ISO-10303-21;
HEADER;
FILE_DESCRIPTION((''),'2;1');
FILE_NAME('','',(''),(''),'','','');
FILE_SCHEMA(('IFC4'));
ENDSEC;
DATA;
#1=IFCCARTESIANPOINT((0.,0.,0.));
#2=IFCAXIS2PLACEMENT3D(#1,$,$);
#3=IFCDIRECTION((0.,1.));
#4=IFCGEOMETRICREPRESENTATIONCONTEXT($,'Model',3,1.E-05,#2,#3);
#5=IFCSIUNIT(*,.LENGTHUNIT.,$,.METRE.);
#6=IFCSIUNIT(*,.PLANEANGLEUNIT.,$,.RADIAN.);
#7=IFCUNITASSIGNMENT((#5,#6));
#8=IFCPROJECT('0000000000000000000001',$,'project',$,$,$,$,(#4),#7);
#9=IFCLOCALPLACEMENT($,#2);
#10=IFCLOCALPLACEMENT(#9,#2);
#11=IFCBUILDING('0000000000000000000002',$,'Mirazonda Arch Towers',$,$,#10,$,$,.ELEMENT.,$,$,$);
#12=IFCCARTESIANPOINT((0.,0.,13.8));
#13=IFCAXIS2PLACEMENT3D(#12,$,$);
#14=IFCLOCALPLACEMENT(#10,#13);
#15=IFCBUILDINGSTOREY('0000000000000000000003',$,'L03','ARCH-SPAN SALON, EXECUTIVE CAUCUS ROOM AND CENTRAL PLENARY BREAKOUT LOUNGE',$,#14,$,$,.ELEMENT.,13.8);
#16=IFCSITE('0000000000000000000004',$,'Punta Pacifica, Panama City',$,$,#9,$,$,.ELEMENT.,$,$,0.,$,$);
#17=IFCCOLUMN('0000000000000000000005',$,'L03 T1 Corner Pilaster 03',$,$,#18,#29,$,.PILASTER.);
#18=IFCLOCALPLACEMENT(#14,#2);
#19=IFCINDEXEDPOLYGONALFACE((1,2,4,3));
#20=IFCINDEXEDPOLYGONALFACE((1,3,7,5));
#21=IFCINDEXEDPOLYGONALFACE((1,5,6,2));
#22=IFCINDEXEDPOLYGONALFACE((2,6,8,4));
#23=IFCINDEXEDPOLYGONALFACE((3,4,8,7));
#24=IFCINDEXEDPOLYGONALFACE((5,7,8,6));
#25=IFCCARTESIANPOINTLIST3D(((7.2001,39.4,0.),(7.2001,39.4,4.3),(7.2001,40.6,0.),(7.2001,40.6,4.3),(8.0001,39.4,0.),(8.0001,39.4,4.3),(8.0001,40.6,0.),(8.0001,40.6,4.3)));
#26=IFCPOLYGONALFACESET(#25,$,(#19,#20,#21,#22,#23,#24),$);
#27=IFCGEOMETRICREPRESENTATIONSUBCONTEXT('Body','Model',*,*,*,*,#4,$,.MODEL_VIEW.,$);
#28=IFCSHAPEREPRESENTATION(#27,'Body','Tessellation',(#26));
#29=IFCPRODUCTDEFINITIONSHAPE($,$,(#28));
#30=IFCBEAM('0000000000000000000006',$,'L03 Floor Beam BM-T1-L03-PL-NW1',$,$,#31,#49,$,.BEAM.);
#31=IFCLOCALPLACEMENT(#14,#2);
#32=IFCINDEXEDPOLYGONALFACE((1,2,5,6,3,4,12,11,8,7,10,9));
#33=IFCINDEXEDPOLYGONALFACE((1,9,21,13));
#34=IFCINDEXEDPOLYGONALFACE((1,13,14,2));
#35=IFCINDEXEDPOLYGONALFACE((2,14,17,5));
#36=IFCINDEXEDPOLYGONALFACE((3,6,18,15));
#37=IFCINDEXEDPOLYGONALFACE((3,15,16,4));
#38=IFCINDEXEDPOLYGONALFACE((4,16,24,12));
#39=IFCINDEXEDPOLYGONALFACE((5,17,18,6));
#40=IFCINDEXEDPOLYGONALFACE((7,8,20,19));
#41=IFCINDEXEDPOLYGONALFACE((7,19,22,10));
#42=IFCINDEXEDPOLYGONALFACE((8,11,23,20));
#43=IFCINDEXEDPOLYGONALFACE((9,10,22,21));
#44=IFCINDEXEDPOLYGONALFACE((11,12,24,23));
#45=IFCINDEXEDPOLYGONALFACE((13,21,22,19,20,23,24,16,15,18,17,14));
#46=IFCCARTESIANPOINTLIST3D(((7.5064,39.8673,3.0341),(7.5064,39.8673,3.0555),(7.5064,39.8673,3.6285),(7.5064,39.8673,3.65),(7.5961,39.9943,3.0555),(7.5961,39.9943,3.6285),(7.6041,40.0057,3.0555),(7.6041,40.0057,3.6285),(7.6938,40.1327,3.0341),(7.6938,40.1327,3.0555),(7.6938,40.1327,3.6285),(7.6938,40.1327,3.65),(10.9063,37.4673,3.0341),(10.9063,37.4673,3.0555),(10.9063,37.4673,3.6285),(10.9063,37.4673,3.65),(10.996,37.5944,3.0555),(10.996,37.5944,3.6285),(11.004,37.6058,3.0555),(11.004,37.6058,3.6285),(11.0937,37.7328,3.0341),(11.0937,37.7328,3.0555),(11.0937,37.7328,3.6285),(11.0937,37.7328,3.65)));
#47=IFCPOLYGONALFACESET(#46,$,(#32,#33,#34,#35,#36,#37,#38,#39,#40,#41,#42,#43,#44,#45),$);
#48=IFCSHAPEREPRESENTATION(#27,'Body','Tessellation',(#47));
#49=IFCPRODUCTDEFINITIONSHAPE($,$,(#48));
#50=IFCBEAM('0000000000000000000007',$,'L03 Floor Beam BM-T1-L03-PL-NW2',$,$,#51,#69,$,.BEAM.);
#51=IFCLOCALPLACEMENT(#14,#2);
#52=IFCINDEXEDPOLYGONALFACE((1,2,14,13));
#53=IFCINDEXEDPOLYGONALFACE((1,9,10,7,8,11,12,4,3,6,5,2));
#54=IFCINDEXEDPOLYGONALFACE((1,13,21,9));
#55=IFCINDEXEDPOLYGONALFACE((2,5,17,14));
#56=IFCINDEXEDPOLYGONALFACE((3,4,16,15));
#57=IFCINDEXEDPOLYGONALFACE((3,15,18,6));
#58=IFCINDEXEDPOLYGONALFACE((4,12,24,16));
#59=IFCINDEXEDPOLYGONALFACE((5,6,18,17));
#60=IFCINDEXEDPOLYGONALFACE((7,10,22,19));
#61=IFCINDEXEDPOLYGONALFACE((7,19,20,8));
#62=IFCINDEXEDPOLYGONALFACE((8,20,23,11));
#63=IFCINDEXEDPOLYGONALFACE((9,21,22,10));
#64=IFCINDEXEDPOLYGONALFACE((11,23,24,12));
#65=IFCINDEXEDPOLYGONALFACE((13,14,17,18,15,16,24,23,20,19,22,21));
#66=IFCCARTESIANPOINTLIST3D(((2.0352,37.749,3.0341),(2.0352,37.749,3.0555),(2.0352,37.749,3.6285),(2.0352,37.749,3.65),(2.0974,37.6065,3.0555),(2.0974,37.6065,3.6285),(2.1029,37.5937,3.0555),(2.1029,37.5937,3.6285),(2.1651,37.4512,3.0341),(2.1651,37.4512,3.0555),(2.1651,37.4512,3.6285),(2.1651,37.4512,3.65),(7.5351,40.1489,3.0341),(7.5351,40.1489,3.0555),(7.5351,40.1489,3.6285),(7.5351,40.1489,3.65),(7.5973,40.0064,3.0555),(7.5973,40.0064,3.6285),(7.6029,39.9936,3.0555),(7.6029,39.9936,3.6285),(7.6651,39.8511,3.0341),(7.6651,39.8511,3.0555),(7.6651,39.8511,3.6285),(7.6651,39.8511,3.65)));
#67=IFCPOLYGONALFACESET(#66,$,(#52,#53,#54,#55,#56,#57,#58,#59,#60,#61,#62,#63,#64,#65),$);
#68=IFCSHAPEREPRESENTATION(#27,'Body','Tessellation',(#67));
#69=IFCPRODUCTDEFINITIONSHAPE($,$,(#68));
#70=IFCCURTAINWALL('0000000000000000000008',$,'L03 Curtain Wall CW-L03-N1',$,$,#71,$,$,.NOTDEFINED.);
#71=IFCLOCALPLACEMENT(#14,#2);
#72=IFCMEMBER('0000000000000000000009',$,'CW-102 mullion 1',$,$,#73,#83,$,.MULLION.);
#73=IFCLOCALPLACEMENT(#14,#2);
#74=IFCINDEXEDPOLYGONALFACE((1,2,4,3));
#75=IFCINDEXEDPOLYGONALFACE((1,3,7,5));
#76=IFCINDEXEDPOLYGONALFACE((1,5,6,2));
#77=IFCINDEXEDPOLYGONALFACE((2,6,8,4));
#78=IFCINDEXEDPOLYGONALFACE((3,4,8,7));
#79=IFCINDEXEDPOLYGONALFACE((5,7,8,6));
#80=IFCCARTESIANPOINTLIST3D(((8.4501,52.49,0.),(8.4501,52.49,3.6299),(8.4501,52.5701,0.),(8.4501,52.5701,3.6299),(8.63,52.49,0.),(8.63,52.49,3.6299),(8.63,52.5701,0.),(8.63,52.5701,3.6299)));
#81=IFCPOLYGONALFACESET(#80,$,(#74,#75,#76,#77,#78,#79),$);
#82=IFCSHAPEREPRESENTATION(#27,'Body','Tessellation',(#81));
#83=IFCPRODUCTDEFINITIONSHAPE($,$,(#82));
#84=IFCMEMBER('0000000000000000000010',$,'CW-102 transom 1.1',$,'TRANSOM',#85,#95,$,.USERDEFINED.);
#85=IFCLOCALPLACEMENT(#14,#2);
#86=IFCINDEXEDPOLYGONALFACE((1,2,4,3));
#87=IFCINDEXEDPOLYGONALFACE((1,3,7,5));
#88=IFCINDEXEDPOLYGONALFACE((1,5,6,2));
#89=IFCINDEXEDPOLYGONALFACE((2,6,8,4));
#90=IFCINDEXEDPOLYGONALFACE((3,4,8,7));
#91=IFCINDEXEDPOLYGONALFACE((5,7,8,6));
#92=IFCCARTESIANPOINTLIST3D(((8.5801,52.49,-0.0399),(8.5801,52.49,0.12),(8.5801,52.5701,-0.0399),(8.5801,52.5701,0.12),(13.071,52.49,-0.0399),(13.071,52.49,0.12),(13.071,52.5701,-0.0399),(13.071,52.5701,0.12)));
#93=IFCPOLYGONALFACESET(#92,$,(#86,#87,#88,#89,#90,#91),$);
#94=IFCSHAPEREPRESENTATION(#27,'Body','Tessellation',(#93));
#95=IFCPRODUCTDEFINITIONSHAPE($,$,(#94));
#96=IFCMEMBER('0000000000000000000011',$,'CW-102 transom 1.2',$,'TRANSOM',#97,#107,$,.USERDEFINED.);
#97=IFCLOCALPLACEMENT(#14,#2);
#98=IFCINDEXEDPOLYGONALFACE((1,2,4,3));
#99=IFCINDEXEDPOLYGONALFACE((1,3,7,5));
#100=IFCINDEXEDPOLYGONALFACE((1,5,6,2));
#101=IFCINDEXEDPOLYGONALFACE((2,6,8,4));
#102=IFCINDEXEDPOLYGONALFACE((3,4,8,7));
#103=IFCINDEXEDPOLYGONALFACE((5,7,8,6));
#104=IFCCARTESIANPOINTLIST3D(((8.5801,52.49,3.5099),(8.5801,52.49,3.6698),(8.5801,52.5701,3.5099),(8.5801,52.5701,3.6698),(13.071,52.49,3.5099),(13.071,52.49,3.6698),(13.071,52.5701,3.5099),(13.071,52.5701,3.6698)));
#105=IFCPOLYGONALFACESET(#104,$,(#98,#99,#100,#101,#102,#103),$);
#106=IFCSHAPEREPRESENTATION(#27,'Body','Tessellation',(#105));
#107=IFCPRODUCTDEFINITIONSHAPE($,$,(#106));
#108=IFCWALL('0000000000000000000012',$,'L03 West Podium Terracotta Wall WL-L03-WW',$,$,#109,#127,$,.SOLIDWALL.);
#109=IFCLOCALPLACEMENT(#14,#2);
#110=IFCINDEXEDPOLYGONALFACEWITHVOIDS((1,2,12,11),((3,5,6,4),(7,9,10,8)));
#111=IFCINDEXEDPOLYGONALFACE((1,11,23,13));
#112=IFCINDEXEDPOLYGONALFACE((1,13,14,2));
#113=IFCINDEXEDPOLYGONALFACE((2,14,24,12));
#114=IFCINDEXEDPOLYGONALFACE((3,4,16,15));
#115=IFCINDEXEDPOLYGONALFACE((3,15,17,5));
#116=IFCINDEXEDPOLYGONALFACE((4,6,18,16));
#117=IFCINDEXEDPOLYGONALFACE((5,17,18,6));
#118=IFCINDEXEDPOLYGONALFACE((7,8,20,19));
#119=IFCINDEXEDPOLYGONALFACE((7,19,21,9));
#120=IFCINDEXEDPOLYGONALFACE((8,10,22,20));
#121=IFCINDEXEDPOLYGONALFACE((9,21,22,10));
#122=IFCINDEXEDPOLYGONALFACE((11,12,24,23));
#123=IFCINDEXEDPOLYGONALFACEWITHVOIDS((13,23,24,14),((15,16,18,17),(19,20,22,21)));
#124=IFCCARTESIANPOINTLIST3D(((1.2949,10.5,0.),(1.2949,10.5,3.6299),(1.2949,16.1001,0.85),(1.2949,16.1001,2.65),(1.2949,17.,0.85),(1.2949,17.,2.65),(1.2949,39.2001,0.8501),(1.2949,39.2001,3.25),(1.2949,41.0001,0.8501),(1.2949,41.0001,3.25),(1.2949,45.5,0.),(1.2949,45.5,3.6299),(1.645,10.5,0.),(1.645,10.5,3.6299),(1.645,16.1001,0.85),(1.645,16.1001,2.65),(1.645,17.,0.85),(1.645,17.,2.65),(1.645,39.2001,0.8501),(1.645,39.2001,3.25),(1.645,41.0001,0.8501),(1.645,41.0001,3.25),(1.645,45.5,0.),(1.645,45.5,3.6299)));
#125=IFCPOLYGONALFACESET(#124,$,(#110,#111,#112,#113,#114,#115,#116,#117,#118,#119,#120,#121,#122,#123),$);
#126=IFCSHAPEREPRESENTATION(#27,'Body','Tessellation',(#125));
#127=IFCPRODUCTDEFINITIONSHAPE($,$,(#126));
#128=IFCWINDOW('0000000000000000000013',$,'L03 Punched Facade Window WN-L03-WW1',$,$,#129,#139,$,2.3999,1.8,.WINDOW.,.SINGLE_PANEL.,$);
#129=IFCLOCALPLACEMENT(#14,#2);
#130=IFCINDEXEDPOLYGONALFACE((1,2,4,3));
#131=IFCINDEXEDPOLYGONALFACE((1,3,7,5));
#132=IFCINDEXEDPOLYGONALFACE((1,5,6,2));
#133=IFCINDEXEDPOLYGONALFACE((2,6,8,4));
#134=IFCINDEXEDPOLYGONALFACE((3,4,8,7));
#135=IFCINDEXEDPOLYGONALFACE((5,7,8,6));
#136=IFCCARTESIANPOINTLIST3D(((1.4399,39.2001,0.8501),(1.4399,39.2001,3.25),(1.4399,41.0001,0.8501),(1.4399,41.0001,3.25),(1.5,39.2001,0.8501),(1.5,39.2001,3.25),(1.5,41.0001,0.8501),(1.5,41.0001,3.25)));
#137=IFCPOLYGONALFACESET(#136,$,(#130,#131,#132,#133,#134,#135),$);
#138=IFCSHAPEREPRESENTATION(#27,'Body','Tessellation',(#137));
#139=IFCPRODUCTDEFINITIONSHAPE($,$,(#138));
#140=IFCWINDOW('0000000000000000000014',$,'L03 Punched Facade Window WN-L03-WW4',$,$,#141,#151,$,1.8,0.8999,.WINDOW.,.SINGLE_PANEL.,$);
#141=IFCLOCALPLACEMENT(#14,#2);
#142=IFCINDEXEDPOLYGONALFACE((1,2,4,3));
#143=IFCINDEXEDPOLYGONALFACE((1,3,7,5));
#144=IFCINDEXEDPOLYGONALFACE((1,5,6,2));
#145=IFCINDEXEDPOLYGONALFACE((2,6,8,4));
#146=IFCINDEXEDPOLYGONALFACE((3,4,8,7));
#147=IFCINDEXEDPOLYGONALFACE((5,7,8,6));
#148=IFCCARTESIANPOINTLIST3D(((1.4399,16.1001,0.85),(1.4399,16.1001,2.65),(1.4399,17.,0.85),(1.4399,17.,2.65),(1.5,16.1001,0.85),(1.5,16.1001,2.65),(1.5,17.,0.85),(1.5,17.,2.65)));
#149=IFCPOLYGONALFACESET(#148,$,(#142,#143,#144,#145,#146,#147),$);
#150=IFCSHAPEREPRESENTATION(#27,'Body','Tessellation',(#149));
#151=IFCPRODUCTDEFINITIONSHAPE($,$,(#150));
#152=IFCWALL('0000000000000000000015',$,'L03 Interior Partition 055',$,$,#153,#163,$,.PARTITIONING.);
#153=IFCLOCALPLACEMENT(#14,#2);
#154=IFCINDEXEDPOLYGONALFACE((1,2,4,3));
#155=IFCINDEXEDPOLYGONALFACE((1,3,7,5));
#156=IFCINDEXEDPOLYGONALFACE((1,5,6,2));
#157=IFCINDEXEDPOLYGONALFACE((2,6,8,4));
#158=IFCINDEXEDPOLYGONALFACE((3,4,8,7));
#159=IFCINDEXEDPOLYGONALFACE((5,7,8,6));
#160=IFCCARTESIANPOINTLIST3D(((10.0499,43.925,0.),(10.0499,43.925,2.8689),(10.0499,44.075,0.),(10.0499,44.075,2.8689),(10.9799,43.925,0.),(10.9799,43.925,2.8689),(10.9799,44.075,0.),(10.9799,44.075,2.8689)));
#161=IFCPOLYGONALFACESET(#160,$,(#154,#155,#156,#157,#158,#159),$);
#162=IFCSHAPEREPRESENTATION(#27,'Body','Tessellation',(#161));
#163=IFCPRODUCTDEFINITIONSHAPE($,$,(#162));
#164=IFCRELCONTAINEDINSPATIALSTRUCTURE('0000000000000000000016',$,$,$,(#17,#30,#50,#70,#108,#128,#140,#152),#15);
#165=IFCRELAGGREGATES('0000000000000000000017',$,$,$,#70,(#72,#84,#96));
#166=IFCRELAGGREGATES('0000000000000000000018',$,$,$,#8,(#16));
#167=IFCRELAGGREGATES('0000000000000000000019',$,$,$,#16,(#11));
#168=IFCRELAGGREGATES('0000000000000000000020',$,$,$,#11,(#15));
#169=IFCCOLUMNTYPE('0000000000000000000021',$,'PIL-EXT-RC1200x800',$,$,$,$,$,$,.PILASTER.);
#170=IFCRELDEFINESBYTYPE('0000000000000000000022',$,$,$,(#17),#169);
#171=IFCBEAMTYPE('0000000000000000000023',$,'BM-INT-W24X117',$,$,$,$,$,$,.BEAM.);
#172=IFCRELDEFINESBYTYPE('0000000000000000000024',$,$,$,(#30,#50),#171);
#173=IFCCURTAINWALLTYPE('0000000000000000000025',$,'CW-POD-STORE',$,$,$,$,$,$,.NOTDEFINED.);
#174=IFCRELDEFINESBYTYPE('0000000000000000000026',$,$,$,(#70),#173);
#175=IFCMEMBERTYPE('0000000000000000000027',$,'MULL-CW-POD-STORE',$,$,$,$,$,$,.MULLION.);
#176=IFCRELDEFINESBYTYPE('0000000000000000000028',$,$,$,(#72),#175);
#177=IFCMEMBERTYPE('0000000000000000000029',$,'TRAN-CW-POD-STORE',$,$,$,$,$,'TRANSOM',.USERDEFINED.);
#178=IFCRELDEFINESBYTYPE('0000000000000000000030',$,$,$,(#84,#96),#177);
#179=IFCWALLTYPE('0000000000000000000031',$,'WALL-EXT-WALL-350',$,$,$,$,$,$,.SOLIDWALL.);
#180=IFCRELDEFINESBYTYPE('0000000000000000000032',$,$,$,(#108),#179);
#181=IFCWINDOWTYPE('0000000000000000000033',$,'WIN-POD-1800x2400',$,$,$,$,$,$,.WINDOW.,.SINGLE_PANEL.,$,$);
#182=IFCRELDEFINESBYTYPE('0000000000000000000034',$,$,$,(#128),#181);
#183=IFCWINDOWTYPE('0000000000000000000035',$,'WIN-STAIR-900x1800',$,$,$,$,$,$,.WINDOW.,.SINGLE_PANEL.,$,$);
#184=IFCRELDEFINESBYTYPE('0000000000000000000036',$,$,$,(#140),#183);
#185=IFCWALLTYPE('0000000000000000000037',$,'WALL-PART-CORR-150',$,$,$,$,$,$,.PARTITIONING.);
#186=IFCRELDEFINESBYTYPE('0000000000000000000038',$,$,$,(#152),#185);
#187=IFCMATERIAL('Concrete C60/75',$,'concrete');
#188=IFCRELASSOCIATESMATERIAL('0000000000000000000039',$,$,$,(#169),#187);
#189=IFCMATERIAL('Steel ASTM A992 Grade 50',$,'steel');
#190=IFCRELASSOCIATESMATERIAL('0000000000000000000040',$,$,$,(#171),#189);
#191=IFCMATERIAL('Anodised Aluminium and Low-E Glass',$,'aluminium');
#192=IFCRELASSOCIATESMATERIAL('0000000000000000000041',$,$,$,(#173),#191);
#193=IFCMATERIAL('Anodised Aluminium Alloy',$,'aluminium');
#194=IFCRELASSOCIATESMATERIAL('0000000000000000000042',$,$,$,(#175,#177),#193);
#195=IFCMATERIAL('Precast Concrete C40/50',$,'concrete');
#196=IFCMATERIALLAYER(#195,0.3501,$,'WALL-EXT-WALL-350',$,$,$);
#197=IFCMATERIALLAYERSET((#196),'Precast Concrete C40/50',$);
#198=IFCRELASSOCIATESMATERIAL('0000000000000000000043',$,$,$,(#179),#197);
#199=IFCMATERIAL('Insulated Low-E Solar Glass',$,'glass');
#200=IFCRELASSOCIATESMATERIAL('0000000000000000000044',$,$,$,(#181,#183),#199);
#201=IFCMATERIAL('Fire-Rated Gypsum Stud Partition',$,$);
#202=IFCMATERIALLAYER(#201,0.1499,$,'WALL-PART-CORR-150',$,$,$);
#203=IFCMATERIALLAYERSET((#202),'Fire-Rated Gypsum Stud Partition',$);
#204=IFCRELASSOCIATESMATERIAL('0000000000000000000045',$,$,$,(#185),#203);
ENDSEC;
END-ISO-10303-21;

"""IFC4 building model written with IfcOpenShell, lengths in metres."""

from ifc_helpers import new_model, si_unit, direction, frame, frame_2d, origin, origin_2d, place, context, subcontext, project, spatial, rectangle, i_section, extrude, material, layer, layer_set, material_profile, profile_set, type_object, element, fill, aggregate, save


model = new_model("IFC4")

# Units and contexts
model_context = context("Model", 3, precision=1e-05, world=origin(), true_north=direction((0.0, 1.0)))
body_context = subcontext(model_context, "Body", "Model", "MODEL_VIEW")
ifc_project = project(units=[si_unit("LENGTHUNIT", "METRE"), si_unit("PLANEANGLEUNIT", "RADIAN")], contexts=[model_context])

# Site, building, storey
site_placement = place(None, origin())
site = spatial("IfcSite", under=ifc_project, at=site_placement, Name="Punta Pacifica, Panama City", CompositionType="ELEMENT", RefElevation=0.0)
building_placement = place(site_placement, origin())
building = spatial("IfcBuilding", under=site, at=building_placement, Name="Mirazonda Arch Towers", CompositionType="ELEMENT")
storey_placement = place(building_placement, frame((0.0, 0.0, 13.8)))
storey = spatial("IfcBuildingStorey", under=building, at=storey_placement, Name="L03", Description="ARCH-SPAN SALON, EXECUTIVE CAUCUS ROOM AND CENTRAL PLENARY BREAKOUT LOUNGE", CompositionType="ELEMENT", Elevation=13.8)

# Column
ifc_material_1 = material(Name="Concrete C60/75", Category="concrete")
ifc_material_profile_1 = material_profile(ifc_material_1, rectangle(XDim=0.8, YDim=1.2, at=origin_2d()), Name="RC1200x800")
ifc_profile_set_1 = profile_set([ifc_material_profile_1], Name="Concrete C60/75")
column_type = type_object("IfcColumnType", Name="PIL-EXT-RC1200x800", PredefinedType="PILASTER", material=ifc_profile_set_1)
column_placement = place(storey_placement, frame((7.6001, 40.0, 0.0), z_axis=(0.0, 0.0, 1.0), x_axis=(1.0, 0.0, 0.0)))
element("IfcColumn", 1, at=column_placement, inside=storey, type_object=column_type, Name="L03 T1 Corner Pilaster 03", PredefinedType="PILASTER", context=body_context, shape_type="SweptSolid", body=[
    extrude(rectangle(XDim=0.8, YDim=1.2, at=origin_2d()), origin(), (0.0, 0.0, 1.0), 4.3),
])

# Beams
ifc_material_2 = material(Name="Steel ASTM A992 Grade 50", Category="steel")
ifc_material_profile_2 = material_profile(ifc_material_2, i_section(OverallWidth=0.325, OverallDepth=0.616, WebThickness=0.0139, FlangeThickness=0.0215, at=origin_2d()), Name="W24X117")
ifc_profile_set_2 = profile_set([ifc_material_profile_2], Name="Steel ASTM A992 Grade 50")
beam_type = type_object("IfcBeamType", Name="BM-INT-W24X117", PredefinedType="BEAM", material=ifc_profile_set_2)
beam_1_placement = place(storey_placement, frame((7.6001, 40.0, 3.342), z_axis=(0.816971, -0.576679, 0.0), x_axis=(0.576679, 0.816971, 0.0)))
element("IfcBeam", 2, at=beam_1_placement, inside=storey, type_object=beam_type, Name="L03 Floor Beam BM-T1-L03-PL-NW1", PredefinedType="BEAM", context=body_context, shape_type="SweptSolid", body=[
    extrude(i_section(OverallWidth=0.325, OverallDepth=0.616, WebThickness=0.0139, FlangeThickness=0.0215, at=origin_2d()), origin(), (0.0, 0.0, 1.0), 4.1616),
])
beam_2_placement = place(storey_placement, frame((7.6001, 40.0, 3.342), z_axis=(-0.916545, -0.399931, 0.0), x_axis=(0.399931, -0.916545, 0.0)))
element("IfcBeam", 3, at=beam_2_placement, inside=storey, type_object=beam_type, Name="L03 Floor Beam BM-T1-L03-PL-NW2", PredefinedType="BEAM", context=body_context, shape_type="SweptSolid", body=[
    extrude(i_section(OverallWidth=0.325, OverallDepth=0.616, WebThickness=0.0139, FlangeThickness=0.0215, at=origin_2d()), origin(), (0.0, 0.0, 1.0), 6.0007),
])

# Curtain wall, members
ifc_material_3 = material(Name="Anodised Aluminium and Low-E Glass", Category="aluminium")
curtain_wall_type = type_object("IfcCurtainWallType", Name="CW-POD-STORE", PredefinedType="NOTDEFINED", material=ifc_material_3)
curtain_wall_placement = place(storey_placement, origin())
curtain_wall = element("IfcCurtainWall", 4, at=curtain_wall_placement, inside=storey, type_object=curtain_wall_type, Name="L03 Curtain Wall CW-L03-N1", PredefinedType="NOTDEFINED")
ifc_material_4 = material(Name="Anodised Aluminium Alloy", Category="aluminium")
ifc_material_profile_3 = material_profile(ifc_material_4, rectangle(XDim=0.0801, YDim=0.1799, at=origin_2d()), Name="ALU-MULL-80x180")
ifc_profile_set_3 = profile_set([ifc_material_profile_3], Name="Anodised Aluminium Alloy")
member_type_1 = type_object("IfcMemberType", Name="MULL-CW-POD-STORE", PredefinedType="MULLION", material=ifc_profile_set_3)
member_1_placement = place(storey_placement, frame((8.54, 52.53, 0.0), z_axis=(0.0, 0.0, 1.0), x_axis=(0.0, 1.0, 0.0)))
member_1 = element("IfcMember", 5, at=member_1_placement, type_object=member_type_1, Name="CW-102 mullion 1", PredefinedType="MULLION", context=body_context, shape_type="SweptSolid", body=[
    extrude(rectangle(XDim=0.0801, YDim=0.1799, at=origin_2d()), origin(), (0.0, 0.0, 1.0), 3.6299),
])
ifc_material_profile_4 = material_profile(ifc_material_4, rectangle(XDim=0.0801, YDim=0.1599, at=origin_2d()), Name="ALU-TRAN-80x160")
ifc_profile_set_4 = profile_set([ifc_material_profile_4], Name="Anodised Aluminium Alloy")
member_type_2 = type_object("IfcMemberType", Name="TRAN-CW-POD-STORE", ElementType="TRANSOM", PredefinedType="USERDEFINED", material=ifc_profile_set_4)
member_2_placement = place(storey_placement, frame((8.5801, 52.53, 0.04), z_axis=(1.0, 0.0, 0.0), x_axis=(0.0, 1.0, 0.0)))
member_2 = element("IfcMember", 6, at=member_2_placement, type_object=member_type_2, Name="CW-102 transom 1.1", ObjectType="TRANSOM", PredefinedType="USERDEFINED", context=body_context, shape_type="SweptSolid", body=[
    extrude(rectangle(XDim=0.0801, YDim=0.1599, at=origin_2d()), origin(), (0.0, 0.0, 1.0), 4.491),
])
member_3_placement = place(storey_placement, frame((8.5801, 52.53, 3.5898), z_axis=(1.0, 0.0, 0.0), x_axis=(0.0, 1.0, 0.0)))
member_3 = element("IfcMember", 7, at=member_3_placement, type_object=member_type_2, Name="CW-102 transom 1.2", ObjectType="TRANSOM", PredefinedType="USERDEFINED", context=body_context, shape_type="SweptSolid", body=[
    extrude(rectangle(XDim=0.0801, YDim=0.1599, at=origin_2d()), origin(), (0.0, 0.0, 1.0), 4.491),
])
aggregate(curtain_wall, [member_1, member_2, member_3])

# Wall, openings, windows
ifc_material_5 = material(Name="Precast Concrete C40/50", Category="concrete")
ifc_layer_1 = layer(ifc_material_5, 0.3501, Name="WALL-EXT-WALL-350")
ifc_layer_set_1 = layer_set([ifc_layer_1], Name="Precast Concrete C40/50")
wall_type_1 = type_object("IfcWallType", Name="WALL-EXT-WALL-350", PredefinedType="SOLIDWALL", material=ifc_layer_set_1)
wall_1_placement = place(storey_placement, frame((1.47, 45.5, 0.0), z_axis=(0.0, 0.0, 1.0), x_axis=(0.0, -1.0, 0.0)))
wall_1 = element("IfcWall", 8, at=wall_1_placement, inside=storey, type_object=wall_type_1, Name="L03 West Podium Terracotta Wall WL-L03-WW", PredefinedType="SOLIDWALL", context=body_context, shape_type="SweptSolid", body=[
    extrude(rectangle(XDim=35.0, YDim=0.3501, at=frame_2d((17.5, 0.0))), origin(), (0.0, 0.0, 1.0), 3.6299),
])
opening_1_placement = place(wall_1_placement, frame((4.5, 0.0, 0.8501)))
opening_1 = element("IfcOpeningElement", 9, at=opening_1_placement, cuts=wall_1, PredefinedType="OPENING", context=body_context, shape_type="SweptSolid", body=[
    extrude(rectangle(XDim=1.8, YDim=2.3999, at=frame_2d((0.8999, 1.2))), frame((0.0, 0.1851, 0.0), z_axis=(0.0, -1.0, 0.0), x_axis=(1.0, 0.0, 0.0)), (0.0, 0.0, 1.0), 0.3701),
])
opening_2_placement = place(wall_1_placement, frame((28.5, 0.0, 0.8501)))
opening_2 = element("IfcOpeningElement", 10, at=opening_2_placement, cuts=wall_1, PredefinedType="OPENING", context=body_context, shape_type="SweptSolid", body=[
    extrude(rectangle(XDim=0.8999, YDim=1.8, at=frame_2d((0.45, 0.8999))), frame((0.0, 0.1851, 0.0), z_axis=(0.0, -1.0, 0.0), x_axis=(1.0, 0.0, 0.0)), (0.0, 0.0, 1.0), 0.3701),
])
ifc_material_6 = material(Name="Insulated Low-E Solar Glass", Category="glass")
window_type_1 = type_object("IfcWindowType", Name="WIN-POD-1800x2400", PartitioningType="SINGLE_PANEL", PredefinedType="WINDOW", material=ifc_material_6)
window_1_placement = place(opening_1_placement, origin())
window_1 = element("IfcWindow", 11, at=window_1_placement, inside=storey, type_object=window_type_1, Name="L03 Punched Facade Window WN-L03-WW1", OverallHeight=2.3999, OverallWidth=1.8, PartitioningType="SINGLE_PANEL", PredefinedType="WINDOW", context=body_context, shape_type="SweptSolid", body=[
    extrude(rectangle(XDim=1.8, YDim=2.3999, at=frame_2d((0.8999, 1.2))), frame((0.0, 0.03, 0.0), z_axis=(0.0, -1.0, 0.0), x_axis=(1.0, 0.0, 0.0)), (0.0, 0.0, 1.0), 0.0601),
])
fill(opening_1, window_1)
window_type_2 = type_object("IfcWindowType", Name="WIN-STAIR-900x1800", PartitioningType="SINGLE_PANEL", PredefinedType="WINDOW", material=ifc_material_6)
window_2_placement = place(opening_2_placement, origin())
window_2 = element("IfcWindow", 12, at=window_2_placement, inside=storey, type_object=window_type_2, Name="L03 Punched Facade Window WN-L03-WW4", OverallHeight=1.8, OverallWidth=0.8999, PartitioningType="SINGLE_PANEL", PredefinedType="WINDOW", context=body_context, shape_type="SweptSolid", body=[
    extrude(rectangle(XDim=0.8999, YDim=1.8, at=frame_2d((0.45, 0.8999))), frame((0.0, 0.03, 0.0), z_axis=(0.0, -1.0, 0.0), x_axis=(1.0, 0.0, 0.0)), (0.0, 0.0, 1.0), 0.0601),
])
fill(opening_2, window_2)

# Wall
ifc_material_7 = material(Name="Fire-Rated Gypsum Stud Partition")
ifc_layer_2 = layer(ifc_material_7, 0.1499, Name="WALL-PART-CORR-150")
ifc_layer_set_2 = layer_set([ifc_layer_2], Name="Fire-Rated Gypsum Stud Partition")
wall_type_2 = type_object("IfcWallType", Name="WALL-PART-CORR-150", PredefinedType="PARTITIONING", material=ifc_layer_set_2)
wall_2_placement = place(storey_placement, frame((10.05, 44.0, 0.0), z_axis=(0.0, 0.0, 1.0), x_axis=(1.0, 0.0, 0.0)))
element("IfcWall", 13, at=wall_2_placement, inside=storey, type_object=wall_type_2, Name="L03 Interior Partition 055", PredefinedType="PARTITIONING", context=body_context, shape_type="SweptSolid", body=[
    extrude(rectangle(XDim=0.9299, YDim=0.1499, at=frame_2d((0.4648, 0.0))), origin(), (0.0, 0.0, 1.0), 2.8689),
])

save(model, "model.ifc")
